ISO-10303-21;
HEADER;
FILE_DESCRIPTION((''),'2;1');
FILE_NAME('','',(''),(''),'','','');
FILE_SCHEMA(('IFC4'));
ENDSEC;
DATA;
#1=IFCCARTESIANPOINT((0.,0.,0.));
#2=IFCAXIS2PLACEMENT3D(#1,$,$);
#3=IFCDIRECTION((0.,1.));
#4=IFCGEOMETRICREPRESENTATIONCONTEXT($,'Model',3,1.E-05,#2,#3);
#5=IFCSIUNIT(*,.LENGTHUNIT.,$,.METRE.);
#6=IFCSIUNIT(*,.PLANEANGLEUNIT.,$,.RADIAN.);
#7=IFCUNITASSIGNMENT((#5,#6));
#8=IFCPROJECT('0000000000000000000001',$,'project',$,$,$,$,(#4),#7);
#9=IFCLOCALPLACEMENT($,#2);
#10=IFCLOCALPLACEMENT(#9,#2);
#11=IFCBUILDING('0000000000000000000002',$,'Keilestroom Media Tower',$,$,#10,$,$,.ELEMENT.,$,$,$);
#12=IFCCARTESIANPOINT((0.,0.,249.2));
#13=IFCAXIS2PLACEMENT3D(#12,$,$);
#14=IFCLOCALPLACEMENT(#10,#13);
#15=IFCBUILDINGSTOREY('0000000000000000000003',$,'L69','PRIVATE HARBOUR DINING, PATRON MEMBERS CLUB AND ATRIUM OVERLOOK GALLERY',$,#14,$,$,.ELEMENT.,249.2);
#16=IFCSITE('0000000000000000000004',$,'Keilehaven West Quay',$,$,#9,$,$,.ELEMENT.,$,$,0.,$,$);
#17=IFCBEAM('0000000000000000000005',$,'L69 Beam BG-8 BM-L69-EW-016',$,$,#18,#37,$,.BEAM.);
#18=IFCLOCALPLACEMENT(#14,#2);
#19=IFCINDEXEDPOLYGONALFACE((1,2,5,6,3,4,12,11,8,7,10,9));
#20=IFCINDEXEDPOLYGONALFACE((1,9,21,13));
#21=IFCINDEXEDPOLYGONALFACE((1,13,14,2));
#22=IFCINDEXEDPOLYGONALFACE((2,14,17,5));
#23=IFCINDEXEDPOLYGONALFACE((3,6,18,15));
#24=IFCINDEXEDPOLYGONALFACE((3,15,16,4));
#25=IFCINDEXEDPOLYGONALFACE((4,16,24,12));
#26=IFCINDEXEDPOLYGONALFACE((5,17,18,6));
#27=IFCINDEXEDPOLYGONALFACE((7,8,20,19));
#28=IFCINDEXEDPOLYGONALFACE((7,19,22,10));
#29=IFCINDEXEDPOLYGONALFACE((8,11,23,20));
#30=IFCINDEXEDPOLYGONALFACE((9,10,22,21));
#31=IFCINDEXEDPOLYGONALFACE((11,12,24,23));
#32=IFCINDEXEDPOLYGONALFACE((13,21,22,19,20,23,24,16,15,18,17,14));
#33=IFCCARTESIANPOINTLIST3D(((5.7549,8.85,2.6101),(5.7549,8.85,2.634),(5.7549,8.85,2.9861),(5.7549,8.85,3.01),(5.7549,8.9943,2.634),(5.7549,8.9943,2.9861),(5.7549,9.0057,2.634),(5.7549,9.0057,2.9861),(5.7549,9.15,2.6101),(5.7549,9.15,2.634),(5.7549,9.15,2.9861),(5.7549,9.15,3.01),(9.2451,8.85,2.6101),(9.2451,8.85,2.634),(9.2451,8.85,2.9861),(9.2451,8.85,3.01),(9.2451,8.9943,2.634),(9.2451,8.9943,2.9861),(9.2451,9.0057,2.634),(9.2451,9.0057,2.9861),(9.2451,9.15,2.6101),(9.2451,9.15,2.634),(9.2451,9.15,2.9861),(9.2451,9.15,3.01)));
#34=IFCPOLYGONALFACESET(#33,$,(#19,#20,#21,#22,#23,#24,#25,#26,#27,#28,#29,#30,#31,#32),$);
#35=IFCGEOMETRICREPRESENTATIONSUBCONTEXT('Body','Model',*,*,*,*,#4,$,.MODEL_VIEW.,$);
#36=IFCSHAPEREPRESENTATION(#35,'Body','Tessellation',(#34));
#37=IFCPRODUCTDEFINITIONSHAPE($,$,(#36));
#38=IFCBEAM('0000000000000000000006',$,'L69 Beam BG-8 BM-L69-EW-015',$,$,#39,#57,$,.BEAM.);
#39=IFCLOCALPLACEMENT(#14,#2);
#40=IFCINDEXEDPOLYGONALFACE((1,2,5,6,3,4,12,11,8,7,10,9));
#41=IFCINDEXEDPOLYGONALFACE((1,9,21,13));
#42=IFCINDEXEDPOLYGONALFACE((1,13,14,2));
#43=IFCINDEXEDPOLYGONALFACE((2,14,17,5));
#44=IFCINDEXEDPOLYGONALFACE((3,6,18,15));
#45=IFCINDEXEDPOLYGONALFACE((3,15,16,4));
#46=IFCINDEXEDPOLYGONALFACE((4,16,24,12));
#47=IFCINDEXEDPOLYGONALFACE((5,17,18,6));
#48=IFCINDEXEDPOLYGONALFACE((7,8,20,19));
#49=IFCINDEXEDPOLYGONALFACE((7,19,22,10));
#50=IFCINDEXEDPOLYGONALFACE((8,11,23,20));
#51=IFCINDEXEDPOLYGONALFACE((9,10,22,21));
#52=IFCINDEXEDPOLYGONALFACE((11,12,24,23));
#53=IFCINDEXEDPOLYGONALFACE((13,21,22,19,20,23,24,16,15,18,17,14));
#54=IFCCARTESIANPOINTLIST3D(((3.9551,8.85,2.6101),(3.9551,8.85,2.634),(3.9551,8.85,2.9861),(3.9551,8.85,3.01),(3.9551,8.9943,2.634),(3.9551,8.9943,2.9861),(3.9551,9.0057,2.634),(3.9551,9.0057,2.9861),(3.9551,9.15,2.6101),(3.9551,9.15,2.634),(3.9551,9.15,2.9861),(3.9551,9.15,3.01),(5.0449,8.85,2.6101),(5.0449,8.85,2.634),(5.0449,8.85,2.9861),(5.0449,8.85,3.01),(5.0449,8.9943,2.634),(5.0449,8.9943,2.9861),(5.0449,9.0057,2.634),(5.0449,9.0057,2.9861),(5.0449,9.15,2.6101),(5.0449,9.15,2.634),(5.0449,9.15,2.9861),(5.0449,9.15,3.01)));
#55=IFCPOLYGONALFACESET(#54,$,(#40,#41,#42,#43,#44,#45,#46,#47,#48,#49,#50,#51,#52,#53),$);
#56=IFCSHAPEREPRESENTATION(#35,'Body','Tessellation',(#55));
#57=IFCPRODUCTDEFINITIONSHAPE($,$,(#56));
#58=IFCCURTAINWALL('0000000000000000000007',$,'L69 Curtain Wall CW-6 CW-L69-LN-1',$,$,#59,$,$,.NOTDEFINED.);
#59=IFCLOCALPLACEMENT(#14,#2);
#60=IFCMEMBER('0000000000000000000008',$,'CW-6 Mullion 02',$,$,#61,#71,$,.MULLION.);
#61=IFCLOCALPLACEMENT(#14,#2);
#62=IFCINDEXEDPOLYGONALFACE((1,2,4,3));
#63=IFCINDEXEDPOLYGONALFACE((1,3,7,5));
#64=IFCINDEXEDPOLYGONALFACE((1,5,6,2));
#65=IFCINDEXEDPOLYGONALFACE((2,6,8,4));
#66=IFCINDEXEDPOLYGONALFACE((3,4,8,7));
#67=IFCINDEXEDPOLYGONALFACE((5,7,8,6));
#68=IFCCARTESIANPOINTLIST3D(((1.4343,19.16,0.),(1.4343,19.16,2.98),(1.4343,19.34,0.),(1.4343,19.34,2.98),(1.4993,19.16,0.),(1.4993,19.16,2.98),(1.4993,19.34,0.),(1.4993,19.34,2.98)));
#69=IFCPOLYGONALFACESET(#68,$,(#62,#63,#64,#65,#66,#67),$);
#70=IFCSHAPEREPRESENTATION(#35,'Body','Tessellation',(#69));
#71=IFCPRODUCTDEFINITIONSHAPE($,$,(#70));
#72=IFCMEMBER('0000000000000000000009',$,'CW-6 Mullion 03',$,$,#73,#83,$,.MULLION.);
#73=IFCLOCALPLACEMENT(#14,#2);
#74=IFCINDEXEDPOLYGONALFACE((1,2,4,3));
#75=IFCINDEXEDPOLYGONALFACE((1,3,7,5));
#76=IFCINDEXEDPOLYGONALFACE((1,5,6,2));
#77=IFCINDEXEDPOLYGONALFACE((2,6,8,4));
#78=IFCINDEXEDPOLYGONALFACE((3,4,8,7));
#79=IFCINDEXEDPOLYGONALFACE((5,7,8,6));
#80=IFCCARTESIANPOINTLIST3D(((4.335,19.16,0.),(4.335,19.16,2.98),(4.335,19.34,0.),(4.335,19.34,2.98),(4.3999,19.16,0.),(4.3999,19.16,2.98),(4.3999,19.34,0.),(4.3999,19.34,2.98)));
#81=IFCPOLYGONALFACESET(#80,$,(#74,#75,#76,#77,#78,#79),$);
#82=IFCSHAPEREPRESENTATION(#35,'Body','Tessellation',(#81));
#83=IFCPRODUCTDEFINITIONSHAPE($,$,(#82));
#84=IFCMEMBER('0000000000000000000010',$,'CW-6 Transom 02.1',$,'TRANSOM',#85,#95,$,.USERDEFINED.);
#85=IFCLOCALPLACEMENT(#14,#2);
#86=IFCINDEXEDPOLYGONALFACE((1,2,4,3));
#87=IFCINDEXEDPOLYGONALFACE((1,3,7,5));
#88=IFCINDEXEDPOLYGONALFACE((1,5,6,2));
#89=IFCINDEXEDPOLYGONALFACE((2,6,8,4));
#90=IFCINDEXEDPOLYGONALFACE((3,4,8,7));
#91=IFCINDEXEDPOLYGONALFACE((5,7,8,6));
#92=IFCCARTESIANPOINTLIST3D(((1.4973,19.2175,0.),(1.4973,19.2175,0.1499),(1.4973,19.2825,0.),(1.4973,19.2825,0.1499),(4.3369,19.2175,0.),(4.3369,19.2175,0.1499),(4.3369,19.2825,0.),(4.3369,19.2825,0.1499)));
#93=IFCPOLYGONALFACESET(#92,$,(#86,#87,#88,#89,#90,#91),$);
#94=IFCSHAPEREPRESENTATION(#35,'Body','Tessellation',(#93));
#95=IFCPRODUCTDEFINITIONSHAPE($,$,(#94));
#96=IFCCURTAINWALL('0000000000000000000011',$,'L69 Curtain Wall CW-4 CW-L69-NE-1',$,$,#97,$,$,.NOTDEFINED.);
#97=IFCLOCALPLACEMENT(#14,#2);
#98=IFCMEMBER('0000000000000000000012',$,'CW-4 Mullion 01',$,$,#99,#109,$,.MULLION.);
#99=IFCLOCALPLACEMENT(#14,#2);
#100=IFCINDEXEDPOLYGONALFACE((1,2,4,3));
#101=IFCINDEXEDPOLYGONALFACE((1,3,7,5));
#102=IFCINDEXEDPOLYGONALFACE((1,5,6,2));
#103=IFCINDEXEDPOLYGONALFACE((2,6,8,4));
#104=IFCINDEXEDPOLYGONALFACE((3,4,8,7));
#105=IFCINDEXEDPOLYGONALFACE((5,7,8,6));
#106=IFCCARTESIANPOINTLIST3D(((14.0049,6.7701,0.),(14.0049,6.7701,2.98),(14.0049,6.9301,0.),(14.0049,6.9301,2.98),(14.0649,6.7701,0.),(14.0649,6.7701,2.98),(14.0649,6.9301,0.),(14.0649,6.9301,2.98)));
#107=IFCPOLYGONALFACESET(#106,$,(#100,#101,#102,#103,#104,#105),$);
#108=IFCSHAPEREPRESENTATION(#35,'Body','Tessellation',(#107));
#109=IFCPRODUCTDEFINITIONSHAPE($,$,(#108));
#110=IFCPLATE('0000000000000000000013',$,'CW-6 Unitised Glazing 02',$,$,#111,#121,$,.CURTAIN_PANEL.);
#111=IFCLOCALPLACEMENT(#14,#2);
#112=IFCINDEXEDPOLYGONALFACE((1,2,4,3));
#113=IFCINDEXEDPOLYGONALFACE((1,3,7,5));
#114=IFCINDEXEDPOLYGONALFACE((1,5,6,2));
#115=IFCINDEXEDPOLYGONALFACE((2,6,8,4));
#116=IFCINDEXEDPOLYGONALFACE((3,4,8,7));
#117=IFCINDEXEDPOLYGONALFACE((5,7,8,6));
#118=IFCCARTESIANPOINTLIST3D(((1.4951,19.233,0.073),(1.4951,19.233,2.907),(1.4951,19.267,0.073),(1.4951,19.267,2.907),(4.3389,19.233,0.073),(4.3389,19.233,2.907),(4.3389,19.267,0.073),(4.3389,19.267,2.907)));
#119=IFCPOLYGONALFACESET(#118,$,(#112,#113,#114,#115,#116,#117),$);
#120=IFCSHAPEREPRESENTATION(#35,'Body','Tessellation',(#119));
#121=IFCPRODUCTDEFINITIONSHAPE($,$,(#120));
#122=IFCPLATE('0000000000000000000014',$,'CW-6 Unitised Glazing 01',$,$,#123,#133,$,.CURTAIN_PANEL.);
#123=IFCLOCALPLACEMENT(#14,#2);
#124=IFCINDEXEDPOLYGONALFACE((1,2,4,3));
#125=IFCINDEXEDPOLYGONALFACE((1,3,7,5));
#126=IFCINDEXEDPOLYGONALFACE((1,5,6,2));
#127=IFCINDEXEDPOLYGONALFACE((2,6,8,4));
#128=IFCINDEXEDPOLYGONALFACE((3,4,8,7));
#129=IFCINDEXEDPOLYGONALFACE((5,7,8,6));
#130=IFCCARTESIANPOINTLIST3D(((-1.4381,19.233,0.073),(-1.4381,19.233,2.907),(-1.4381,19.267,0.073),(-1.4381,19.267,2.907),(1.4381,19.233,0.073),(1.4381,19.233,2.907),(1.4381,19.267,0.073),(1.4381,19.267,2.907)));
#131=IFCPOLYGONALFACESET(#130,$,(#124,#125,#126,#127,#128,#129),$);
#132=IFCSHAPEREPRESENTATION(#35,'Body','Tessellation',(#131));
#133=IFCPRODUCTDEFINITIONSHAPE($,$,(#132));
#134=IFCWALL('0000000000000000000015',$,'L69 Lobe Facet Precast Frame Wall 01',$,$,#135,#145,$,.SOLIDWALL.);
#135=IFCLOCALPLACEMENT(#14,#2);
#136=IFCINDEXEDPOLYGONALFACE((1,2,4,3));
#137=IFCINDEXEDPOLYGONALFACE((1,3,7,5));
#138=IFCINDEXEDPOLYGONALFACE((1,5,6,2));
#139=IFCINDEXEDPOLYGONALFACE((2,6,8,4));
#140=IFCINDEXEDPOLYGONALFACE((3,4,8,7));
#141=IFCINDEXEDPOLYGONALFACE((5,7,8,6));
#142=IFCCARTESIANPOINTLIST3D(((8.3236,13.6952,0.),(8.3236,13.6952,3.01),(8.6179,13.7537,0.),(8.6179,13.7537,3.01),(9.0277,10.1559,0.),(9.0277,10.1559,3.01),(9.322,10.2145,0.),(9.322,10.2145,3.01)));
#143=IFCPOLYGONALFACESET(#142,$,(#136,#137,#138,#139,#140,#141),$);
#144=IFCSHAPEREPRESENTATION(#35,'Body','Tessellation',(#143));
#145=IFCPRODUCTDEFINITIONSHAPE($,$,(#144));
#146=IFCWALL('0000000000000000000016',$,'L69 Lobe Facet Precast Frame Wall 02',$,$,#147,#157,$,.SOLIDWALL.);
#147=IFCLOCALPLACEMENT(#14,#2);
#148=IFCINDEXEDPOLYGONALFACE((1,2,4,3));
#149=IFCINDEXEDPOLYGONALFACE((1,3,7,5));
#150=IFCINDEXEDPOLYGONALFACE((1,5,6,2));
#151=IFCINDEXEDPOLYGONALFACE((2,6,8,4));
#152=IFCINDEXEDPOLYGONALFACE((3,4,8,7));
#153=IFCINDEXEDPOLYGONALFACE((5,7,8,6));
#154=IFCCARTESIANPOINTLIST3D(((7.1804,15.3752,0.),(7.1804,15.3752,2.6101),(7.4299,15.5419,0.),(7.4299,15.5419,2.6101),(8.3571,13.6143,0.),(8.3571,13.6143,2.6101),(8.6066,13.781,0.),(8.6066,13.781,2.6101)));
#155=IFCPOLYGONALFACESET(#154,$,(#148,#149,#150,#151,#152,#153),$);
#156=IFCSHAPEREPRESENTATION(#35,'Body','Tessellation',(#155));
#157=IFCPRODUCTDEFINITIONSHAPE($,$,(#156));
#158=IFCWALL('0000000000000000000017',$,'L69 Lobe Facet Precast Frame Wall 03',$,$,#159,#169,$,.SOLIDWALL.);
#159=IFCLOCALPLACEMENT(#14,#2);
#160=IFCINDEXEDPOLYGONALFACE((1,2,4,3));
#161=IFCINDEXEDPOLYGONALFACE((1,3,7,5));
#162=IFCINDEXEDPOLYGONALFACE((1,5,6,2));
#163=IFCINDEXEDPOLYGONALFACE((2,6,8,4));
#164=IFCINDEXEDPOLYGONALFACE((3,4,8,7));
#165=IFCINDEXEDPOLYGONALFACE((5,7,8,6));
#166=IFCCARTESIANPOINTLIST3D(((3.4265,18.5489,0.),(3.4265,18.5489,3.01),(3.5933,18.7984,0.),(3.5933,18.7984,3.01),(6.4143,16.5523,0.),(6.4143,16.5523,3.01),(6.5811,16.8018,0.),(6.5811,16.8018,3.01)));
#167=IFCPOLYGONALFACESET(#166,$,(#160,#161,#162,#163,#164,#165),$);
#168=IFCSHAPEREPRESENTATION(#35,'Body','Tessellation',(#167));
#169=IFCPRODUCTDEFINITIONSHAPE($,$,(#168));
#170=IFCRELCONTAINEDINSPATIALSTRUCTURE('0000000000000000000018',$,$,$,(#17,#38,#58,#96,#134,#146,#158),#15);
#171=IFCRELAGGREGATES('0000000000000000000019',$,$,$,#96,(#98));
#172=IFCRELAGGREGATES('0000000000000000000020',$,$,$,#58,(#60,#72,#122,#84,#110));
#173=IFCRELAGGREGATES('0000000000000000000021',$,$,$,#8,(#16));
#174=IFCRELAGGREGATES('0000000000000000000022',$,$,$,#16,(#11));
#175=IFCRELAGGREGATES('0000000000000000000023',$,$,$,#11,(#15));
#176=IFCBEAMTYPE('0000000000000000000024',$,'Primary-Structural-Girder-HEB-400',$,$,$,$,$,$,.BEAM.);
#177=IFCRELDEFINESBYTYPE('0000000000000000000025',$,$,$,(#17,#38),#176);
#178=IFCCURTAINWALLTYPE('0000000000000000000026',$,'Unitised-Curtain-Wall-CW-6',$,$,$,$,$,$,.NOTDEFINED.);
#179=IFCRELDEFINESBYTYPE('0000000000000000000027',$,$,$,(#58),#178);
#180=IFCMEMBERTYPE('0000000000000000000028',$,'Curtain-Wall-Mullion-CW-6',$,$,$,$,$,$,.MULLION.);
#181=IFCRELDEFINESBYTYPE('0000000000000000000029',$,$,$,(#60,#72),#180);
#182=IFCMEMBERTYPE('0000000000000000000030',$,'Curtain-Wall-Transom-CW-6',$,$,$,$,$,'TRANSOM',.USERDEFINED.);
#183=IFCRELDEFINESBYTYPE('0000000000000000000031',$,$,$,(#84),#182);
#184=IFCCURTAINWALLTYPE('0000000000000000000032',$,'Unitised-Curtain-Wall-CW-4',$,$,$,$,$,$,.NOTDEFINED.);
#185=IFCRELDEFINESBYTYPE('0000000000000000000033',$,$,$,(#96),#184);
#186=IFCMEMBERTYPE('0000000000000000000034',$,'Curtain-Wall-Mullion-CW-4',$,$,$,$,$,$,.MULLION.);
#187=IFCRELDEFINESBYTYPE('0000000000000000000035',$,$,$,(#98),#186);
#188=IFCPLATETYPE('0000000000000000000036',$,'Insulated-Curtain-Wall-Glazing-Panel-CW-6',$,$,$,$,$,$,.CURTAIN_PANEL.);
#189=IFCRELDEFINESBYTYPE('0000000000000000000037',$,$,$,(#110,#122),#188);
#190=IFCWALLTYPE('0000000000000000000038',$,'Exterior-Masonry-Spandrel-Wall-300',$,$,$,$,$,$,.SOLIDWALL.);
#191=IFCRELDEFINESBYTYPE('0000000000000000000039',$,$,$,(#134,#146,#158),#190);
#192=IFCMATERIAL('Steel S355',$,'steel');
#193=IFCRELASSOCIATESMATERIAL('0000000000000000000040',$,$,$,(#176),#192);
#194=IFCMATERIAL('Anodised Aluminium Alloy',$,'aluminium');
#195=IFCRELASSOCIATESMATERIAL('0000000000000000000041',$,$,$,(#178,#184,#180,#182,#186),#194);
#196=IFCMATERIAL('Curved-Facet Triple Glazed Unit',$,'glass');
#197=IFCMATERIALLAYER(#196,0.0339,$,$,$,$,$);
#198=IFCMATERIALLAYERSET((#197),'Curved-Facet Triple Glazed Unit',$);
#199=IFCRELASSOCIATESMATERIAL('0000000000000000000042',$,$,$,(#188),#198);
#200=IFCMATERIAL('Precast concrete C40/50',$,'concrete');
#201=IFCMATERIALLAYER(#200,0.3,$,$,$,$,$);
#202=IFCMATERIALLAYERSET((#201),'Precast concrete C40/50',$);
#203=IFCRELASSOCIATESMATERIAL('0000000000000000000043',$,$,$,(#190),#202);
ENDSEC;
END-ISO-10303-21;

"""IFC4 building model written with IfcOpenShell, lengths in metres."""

from ifc_helpers import new_model, si_unit, direction, frame, frame_2d, origin, origin_2d, place, context, subcontext, project, spatial, rectangle, i_section, extrude, source, transform, mapped, material, layer, layer_set, material_profile, profile_set, type_object, element, aggregate, save


model = new_model("IFC4")

# Units and contexts
model_context = context("Model", 3, precision=1e-05, world=origin(), true_north=direction((0.0, 1.0)))
body_context = subcontext(model_context, "Body", "Model", "MODEL_VIEW")
ifc_project = project(units=[si_unit("LENGTHUNIT", "METRE"), si_unit("PLANEANGLEUNIT", "RADIAN")], contexts=[model_context])

# Site, building, storey
site_placement = place(None, origin())
site = spatial("IfcSite", under=ifc_project, at=site_placement, Name="Keilehaven West Quay", CompositionType="ELEMENT", RefElevation=0.0)
building_placement = place(site_placement, origin())
building = spatial("IfcBuilding", under=site, at=building_placement, Name="Keilestroom Media Tower", CompositionType="ELEMENT")
storey_placement = place(building_placement, frame((0.0, 0.0, 249.2)))
storey = spatial("IfcBuildingStorey", under=building, at=storey_placement, Name="L69", Description="PRIVATE HARBOUR DINING, PATRON MEMBERS CLUB AND ATRIUM OVERLOOK GALLERY", CompositionType="ELEMENT", Elevation=249.2)

# Shared definitions
ifc_material_1 = material(Name="Precast concrete C40/50", Category="concrete")
ifc_material_2 = material(Name="Steel S355", Category="steel")

# Beams
ifc_material_profile_1 = material_profile(ifc_material_2, i_section(OverallWidth=0.3, OverallDepth=0.3999, WebThickness=0.0115, FlangeThickness=0.0239, at=origin_2d()), Name="HEB 400")
ifc_profile_set_1 = profile_set([ifc_material_profile_1], Name="Steel S355")
beam_type = type_object("IfcBeamType", Name="Primary-Structural-Girder-HEB-400", PredefinedType="BEAM", material=ifc_profile_set_1)
shared_shape_1 = source(origin(), body_context, "Body", "SweptSolid", [
    extrude(i_section(OverallWidth=0.3, OverallDepth=0.3999, WebThickness=0.0115, FlangeThickness=0.0239, at=origin_2d()), origin(), (0.0, 0.0, 1.0), 3.4902),
])
beam_1_placement = place(storey_placement, frame((5.7549, 9.0, 2.8101), z_axis=(1.0, 0.0, 0.0), x_axis=(0.0, 1.0, 0.0)))
element("IfcBeam", 1, at=beam_1_placement, inside=storey, type_object=beam_type, Name="L69 Beam BG-8 BM-L69-EW-016", PredefinedType="BEAM", context=body_context, shape_type="MappedRepresentation", body=[
    mapped(shared_shape_1, transform((0.0, 0.0, 0.0), x_axis=(1.0, 0.0, 0.0), y_axis=(0.0, 1.0, 0.0), z_axis=(0.0, 0.0, 1.0), scale=1.0)),
])
shared_shape_2 = source(origin(), body_context, "Body", "SweptSolid", [
    extrude(i_section(OverallWidth=0.3, OverallDepth=0.3999, WebThickness=0.0115, FlangeThickness=0.0239, at=origin_2d()), origin(), (0.0, 0.0, 1.0), 1.0898),
])
beam_2_placement = place(storey_placement, frame((3.9551, 9.0, 2.8101), z_axis=(1.0, 0.0, 0.0), x_axis=(0.0, 1.0, 0.0)))
element("IfcBeam", 2, at=beam_2_placement, inside=storey, type_object=beam_type, Name="L69 Beam BG-8 BM-L69-EW-015", PredefinedType="BEAM", context=body_context, shape_type="MappedRepresentation", body=[
    mapped(shared_shape_2, transform((0.0, 0.0, 0.0), x_axis=(1.0, 0.0, 0.0), y_axis=(0.0, 1.0, 0.0), z_axis=(0.0, 0.0, 1.0), scale=1.0)),
])

# Curtain wall, members
ifc_material_3 = material(Name="Anodised Aluminium Alloy", Category="aluminium")
curtain_wall_type_1 = type_object("IfcCurtainWallType", Name="Unitised-Curtain-Wall-CW-6", PredefinedType="NOTDEFINED", material=ifc_material_3)
curtain_wall_1_placement = place(storey_placement, origin())
curtain_wall_1 = element("IfcCurtainWall", 3, at=curtain_wall_1_placement, inside=storey, type_object=curtain_wall_type_1, Name="L69 Curtain Wall CW-6 CW-L69-LN-1", PredefinedType="NOTDEFINED")
ifc_material_profile_2 = material_profile(ifc_material_3, rectangle(XDim=0.0649, YDim=0.1799, at=origin_2d()), Name="ALU MULLION 65x180")
ifc_profile_set_2 = profile_set([ifc_material_profile_2], Name="Anodised Aluminium Alloy")
member_type_1 = type_object("IfcMemberType", Name="Curtain-Wall-Mullion-CW-6", PredefinedType="MULLION", material=ifc_profile_set_2)
shared_shape_3 = source(origin(), body_context, "Body", "SweptSolid", [
    extrude(rectangle(XDim=0.0649, YDim=0.1799, at=origin_2d()), origin(), (0.0, 0.0, 1.0), 2.98),
])
member_1_placement = place(storey_placement, frame((1.4668, 19.25, 0.0), z_axis=(0.0, 0.0, 1.0), x_axis=(1.0, 0.0, 0.0)))
member_1 = element("IfcMember", 4, at=member_1_placement, type_object=member_type_1, Name="CW-6 Mullion 02", PredefinedType="MULLION", context=body_context, shape_type="MappedRepresentation", body=[
    mapped(shared_shape_3, transform((0.0, 0.0, 0.0), x_axis=(1.0, 0.0, 0.0), y_axis=(0.0, 1.0, 0.0), z_axis=(0.0, 0.0, 1.0), scale=1.0)),
])
member_2_placement = place(storey_placement, frame((4.3674, 19.25, 0.0), z_axis=(0.0, 0.0, 1.0), x_axis=(1.0, 0.0, 0.0)))
member_2 = element("IfcMember", 5, at=member_2_placement, type_object=member_type_1, Name="CW-6 Mullion 03", PredefinedType="MULLION", context=body_context, shape_type="MappedRepresentation", body=[
    mapped(shared_shape_3, transform((0.0, 0.0, 0.0), x_axis=(1.0, 0.0, 0.0), y_axis=(0.0, 1.0, 0.0), z_axis=(0.0, 0.0, 1.0), scale=1.0)),
])
ifc_material_profile_3 = material_profile(ifc_material_3, rectangle(XDim=0.0649, YDim=0.1499, at=origin_2d()), Name="ALU TRANSOM 65x150")
ifc_profile_set_3 = profile_set([ifc_material_profile_3], Name="Anodised Aluminium Alloy")
member_type_2 = type_object("IfcMemberType", Name="Curtain-Wall-Transom-CW-6", ElementType="TRANSOM", PredefinedType="USERDEFINED", material=ifc_profile_set_3)
shared_shape_4 = source(origin(), body_context, "Body", "SweptSolid", [
    extrude(rectangle(XDim=0.0649, YDim=0.1499, at=origin_2d()), origin(), (0.0, 0.0, 1.0), 2.8396),
])
member_3_placement = place(storey_placement, frame((1.4973, 19.25, 0.075), z_axis=(1.0, 0.0, 0.0), x_axis=(0.0, 1.0, 0.0)))
member_3 = element("IfcMember", 6, at=member_3_placement, type_object=member_type_2, Name="CW-6 Transom 02.1", ObjectType="TRANSOM", PredefinedType="USERDEFINED", context=body_context, shape_type="MappedRepresentation", body=[
    mapped(shared_shape_4, transform((0.0, 0.0, 0.0), x_axis=(1.0, 0.0, 0.0), y_axis=(0.0, 1.0, 0.0), z_axis=(0.0, 0.0, 1.0), scale=1.0)),
])

# Curtain wall, member
curtain_wall_type_2 = type_object("IfcCurtainWallType", Name="Unitised-Curtain-Wall-CW-4", PredefinedType="NOTDEFINED", material=ifc_material_3)
curtain_wall_2_placement = place(storey_placement, origin())
curtain_wall_2 = element("IfcCurtainWall", 7, at=curtain_wall_2_placement, inside=storey, type_object=curtain_wall_type_2, Name="L69 Curtain Wall CW-4 CW-L69-NE-1", PredefinedType="NOTDEFINED")
ifc_material_profile_4 = material_profile(ifc_material_3, rectangle(XDim=0.0601, YDim=0.1599, at=origin_2d()), Name="ALU MULLION 60x160")
ifc_profile_set_4 = profile_set([ifc_material_profile_4], Name="Anodised Aluminium Alloy")
member_type_3 = type_object("IfcMemberType", Name="Curtain-Wall-Mullion-CW-4", PredefinedType="MULLION", material=ifc_profile_set_4)
shared_shape_5 = source(origin(), body_context, "Body", "SweptSolid", [
    extrude(rectangle(XDim=0.0601, YDim=0.1599, at=origin_2d()), origin(), (0.0, 0.0, 1.0), 2.98),
])
member_4_placement = place(storey_placement, frame((14.0349, 6.8501, 0.0), z_axis=(0.0, 0.0, 1.0), x_axis=(1.0, 0.0, 0.0)))
member_4 = element("IfcMember", 8, at=member_4_placement, type_object=member_type_3, Name="CW-4 Mullion 01", PredefinedType="MULLION", context=body_context, shape_type="MappedRepresentation", body=[
    mapped(shared_shape_5, transform((0.0, 0.0, 0.0), x_axis=(1.0, 0.0, 0.0), y_axis=(0.0, 1.0, 0.0), z_axis=(0.0, 0.0, 1.0), scale=1.0)),
])
aggregate(curtain_wall_2, [member_4])

# Plates
ifc_material_4 = material(Name="Curved-Facet Triple Glazed Unit", Category="glass")
ifc_layer_1 = layer(ifc_material_4, 0.0339)
ifc_layer_set_1 = layer_set([ifc_layer_1], Name="Curved-Facet Triple Glazed Unit")
plate_type = type_object("IfcPlateType", Name="Insulated-Curtain-Wall-Glazing-Panel-CW-6", PredefinedType="CURTAIN_PANEL", material=ifc_layer_set_1)
shared_shape_6 = source(origin(), body_context, "Body", "SweptSolid", [
    extrude(rectangle(XDim=2.8438, YDim=0.0339, at=origin_2d()), origin(), (0.0, 0.0, 1.0), 2.834),
])
plate_1_placement = place(storey_placement, frame((2.917, 19.25, 0.073), z_axis=(0.0, 0.0, 1.0), x_axis=(1.0, 0.0, 0.0)))
plate_1 = element("IfcPlate", 9, at=plate_1_placement, type_object=plate_type, Name="CW-6 Unitised Glazing 02", PredefinedType="CURTAIN_PANEL", context=body_context, shape_type="MappedRepresentation", body=[
    mapped(shared_shape_6, transform((0.0, 0.0, 0.0), x_axis=(1.0, 0.0, 0.0), y_axis=(0.0, 1.0, 0.0), z_axis=(0.0, 0.0, 1.0), scale=1.0)),
])
shared_shape_7 = source(origin(), body_context, "Body", "SweptSolid", [
    extrude(rectangle(XDim=2.8762, YDim=0.0339, at=origin_2d()), origin(), (0.0, 0.0, 1.0), 2.834),
])
plate_2_placement = place(storey_placement, frame((0.0, 19.25, 0.073), z_axis=(0.0, 0.0, 1.0), x_axis=(1.0, 0.0, 0.0)))
plate_2 = element("IfcPlate", 10, at=plate_2_placement, type_object=plate_type, Name="CW-6 Unitised Glazing 01", PredefinedType="CURTAIN_PANEL", context=body_context, shape_type="MappedRepresentation", body=[
    mapped(shared_shape_7, transform((0.0, 0.0, 0.0), x_axis=(1.0, 0.0, 0.0), y_axis=(0.0, 1.0, 0.0), z_axis=(0.0, 0.0, 1.0), scale=1.0)),
])
aggregate(curtain_wall_1, [member_1, member_2, plate_2, member_3, plate_1])

# Walls
ifc_layer_2 = layer(ifc_material_1, 0.3)
ifc_layer_set_2 = layer_set([ifc_layer_2], Name="Precast concrete C40/50")
wall_type_1 = type_object("IfcWallType", Name="Exterior-Masonry-Spandrel-Wall-300", PredefinedType="SOLIDWALL", material=ifc_layer_set_2)
wall_1_placement = place(storey_placement, frame((9.1748, 10.1853, 0.0), z_axis=(0.0, 0.0, 1.0), x_axis=(-0.195114, 0.980781, 0.0)))
element("IfcWall", 11, at=wall_1_placement, inside=storey, type_object=wall_type_1, Name="L69 Lobe Facet Precast Frame Wall 01", PredefinedType="SOLIDWALL", context=body_context, shape_type="SweptSolid", body=[
    extrude(rectangle(XDim=3.6086, YDim=0.3, at=frame_2d((1.8042, 0.0))), origin(), (0.0, 0.0, 1.0), 3.01),
])
wall_2_placement = place(storey_placement, frame((8.4819, 13.6975, 0.0), z_axis=(0.0, 0.0, 1.0), x_axis=(-0.555604, 0.831447, 0.0)))
element("IfcWall", 12, at=wall_2_placement, inside=storey, type_object=wall_type_1, Name="L69 Lobe Facet Precast Frame Wall 02", PredefinedType="SOLIDWALL", context=body_context, shape_type="SweptSolid", body=[
    extrude(rectangle(XDim=2.1179, YDim=0.3, at=frame_2d((1.0591, 0.0))), origin(), (0.0, 0.0, 1.0), 2.6101),
])
wall_3_placement = place(storey_placement, frame((6.4978, 16.677, 0.0), z_axis=(0.0, 0.0, 1.0), x_axis=(-0.831444, 0.555609, 0.0)))
element("IfcWall", 13, at=wall_3_placement, inside=storey, type_object=wall_type_1, Name="L69 Lobe Facet Precast Frame Wall 03", PredefinedType="SOLIDWALL", context=body_context, shape_type="SweptSolid", body=[
    extrude(rectangle(XDim=3.5935, YDim=0.3, at=frame_2d((1.7969, 0.0))), origin(), (0.0, 0.0, 1.0), 3.01),
])

save(model, "model.ifc")
